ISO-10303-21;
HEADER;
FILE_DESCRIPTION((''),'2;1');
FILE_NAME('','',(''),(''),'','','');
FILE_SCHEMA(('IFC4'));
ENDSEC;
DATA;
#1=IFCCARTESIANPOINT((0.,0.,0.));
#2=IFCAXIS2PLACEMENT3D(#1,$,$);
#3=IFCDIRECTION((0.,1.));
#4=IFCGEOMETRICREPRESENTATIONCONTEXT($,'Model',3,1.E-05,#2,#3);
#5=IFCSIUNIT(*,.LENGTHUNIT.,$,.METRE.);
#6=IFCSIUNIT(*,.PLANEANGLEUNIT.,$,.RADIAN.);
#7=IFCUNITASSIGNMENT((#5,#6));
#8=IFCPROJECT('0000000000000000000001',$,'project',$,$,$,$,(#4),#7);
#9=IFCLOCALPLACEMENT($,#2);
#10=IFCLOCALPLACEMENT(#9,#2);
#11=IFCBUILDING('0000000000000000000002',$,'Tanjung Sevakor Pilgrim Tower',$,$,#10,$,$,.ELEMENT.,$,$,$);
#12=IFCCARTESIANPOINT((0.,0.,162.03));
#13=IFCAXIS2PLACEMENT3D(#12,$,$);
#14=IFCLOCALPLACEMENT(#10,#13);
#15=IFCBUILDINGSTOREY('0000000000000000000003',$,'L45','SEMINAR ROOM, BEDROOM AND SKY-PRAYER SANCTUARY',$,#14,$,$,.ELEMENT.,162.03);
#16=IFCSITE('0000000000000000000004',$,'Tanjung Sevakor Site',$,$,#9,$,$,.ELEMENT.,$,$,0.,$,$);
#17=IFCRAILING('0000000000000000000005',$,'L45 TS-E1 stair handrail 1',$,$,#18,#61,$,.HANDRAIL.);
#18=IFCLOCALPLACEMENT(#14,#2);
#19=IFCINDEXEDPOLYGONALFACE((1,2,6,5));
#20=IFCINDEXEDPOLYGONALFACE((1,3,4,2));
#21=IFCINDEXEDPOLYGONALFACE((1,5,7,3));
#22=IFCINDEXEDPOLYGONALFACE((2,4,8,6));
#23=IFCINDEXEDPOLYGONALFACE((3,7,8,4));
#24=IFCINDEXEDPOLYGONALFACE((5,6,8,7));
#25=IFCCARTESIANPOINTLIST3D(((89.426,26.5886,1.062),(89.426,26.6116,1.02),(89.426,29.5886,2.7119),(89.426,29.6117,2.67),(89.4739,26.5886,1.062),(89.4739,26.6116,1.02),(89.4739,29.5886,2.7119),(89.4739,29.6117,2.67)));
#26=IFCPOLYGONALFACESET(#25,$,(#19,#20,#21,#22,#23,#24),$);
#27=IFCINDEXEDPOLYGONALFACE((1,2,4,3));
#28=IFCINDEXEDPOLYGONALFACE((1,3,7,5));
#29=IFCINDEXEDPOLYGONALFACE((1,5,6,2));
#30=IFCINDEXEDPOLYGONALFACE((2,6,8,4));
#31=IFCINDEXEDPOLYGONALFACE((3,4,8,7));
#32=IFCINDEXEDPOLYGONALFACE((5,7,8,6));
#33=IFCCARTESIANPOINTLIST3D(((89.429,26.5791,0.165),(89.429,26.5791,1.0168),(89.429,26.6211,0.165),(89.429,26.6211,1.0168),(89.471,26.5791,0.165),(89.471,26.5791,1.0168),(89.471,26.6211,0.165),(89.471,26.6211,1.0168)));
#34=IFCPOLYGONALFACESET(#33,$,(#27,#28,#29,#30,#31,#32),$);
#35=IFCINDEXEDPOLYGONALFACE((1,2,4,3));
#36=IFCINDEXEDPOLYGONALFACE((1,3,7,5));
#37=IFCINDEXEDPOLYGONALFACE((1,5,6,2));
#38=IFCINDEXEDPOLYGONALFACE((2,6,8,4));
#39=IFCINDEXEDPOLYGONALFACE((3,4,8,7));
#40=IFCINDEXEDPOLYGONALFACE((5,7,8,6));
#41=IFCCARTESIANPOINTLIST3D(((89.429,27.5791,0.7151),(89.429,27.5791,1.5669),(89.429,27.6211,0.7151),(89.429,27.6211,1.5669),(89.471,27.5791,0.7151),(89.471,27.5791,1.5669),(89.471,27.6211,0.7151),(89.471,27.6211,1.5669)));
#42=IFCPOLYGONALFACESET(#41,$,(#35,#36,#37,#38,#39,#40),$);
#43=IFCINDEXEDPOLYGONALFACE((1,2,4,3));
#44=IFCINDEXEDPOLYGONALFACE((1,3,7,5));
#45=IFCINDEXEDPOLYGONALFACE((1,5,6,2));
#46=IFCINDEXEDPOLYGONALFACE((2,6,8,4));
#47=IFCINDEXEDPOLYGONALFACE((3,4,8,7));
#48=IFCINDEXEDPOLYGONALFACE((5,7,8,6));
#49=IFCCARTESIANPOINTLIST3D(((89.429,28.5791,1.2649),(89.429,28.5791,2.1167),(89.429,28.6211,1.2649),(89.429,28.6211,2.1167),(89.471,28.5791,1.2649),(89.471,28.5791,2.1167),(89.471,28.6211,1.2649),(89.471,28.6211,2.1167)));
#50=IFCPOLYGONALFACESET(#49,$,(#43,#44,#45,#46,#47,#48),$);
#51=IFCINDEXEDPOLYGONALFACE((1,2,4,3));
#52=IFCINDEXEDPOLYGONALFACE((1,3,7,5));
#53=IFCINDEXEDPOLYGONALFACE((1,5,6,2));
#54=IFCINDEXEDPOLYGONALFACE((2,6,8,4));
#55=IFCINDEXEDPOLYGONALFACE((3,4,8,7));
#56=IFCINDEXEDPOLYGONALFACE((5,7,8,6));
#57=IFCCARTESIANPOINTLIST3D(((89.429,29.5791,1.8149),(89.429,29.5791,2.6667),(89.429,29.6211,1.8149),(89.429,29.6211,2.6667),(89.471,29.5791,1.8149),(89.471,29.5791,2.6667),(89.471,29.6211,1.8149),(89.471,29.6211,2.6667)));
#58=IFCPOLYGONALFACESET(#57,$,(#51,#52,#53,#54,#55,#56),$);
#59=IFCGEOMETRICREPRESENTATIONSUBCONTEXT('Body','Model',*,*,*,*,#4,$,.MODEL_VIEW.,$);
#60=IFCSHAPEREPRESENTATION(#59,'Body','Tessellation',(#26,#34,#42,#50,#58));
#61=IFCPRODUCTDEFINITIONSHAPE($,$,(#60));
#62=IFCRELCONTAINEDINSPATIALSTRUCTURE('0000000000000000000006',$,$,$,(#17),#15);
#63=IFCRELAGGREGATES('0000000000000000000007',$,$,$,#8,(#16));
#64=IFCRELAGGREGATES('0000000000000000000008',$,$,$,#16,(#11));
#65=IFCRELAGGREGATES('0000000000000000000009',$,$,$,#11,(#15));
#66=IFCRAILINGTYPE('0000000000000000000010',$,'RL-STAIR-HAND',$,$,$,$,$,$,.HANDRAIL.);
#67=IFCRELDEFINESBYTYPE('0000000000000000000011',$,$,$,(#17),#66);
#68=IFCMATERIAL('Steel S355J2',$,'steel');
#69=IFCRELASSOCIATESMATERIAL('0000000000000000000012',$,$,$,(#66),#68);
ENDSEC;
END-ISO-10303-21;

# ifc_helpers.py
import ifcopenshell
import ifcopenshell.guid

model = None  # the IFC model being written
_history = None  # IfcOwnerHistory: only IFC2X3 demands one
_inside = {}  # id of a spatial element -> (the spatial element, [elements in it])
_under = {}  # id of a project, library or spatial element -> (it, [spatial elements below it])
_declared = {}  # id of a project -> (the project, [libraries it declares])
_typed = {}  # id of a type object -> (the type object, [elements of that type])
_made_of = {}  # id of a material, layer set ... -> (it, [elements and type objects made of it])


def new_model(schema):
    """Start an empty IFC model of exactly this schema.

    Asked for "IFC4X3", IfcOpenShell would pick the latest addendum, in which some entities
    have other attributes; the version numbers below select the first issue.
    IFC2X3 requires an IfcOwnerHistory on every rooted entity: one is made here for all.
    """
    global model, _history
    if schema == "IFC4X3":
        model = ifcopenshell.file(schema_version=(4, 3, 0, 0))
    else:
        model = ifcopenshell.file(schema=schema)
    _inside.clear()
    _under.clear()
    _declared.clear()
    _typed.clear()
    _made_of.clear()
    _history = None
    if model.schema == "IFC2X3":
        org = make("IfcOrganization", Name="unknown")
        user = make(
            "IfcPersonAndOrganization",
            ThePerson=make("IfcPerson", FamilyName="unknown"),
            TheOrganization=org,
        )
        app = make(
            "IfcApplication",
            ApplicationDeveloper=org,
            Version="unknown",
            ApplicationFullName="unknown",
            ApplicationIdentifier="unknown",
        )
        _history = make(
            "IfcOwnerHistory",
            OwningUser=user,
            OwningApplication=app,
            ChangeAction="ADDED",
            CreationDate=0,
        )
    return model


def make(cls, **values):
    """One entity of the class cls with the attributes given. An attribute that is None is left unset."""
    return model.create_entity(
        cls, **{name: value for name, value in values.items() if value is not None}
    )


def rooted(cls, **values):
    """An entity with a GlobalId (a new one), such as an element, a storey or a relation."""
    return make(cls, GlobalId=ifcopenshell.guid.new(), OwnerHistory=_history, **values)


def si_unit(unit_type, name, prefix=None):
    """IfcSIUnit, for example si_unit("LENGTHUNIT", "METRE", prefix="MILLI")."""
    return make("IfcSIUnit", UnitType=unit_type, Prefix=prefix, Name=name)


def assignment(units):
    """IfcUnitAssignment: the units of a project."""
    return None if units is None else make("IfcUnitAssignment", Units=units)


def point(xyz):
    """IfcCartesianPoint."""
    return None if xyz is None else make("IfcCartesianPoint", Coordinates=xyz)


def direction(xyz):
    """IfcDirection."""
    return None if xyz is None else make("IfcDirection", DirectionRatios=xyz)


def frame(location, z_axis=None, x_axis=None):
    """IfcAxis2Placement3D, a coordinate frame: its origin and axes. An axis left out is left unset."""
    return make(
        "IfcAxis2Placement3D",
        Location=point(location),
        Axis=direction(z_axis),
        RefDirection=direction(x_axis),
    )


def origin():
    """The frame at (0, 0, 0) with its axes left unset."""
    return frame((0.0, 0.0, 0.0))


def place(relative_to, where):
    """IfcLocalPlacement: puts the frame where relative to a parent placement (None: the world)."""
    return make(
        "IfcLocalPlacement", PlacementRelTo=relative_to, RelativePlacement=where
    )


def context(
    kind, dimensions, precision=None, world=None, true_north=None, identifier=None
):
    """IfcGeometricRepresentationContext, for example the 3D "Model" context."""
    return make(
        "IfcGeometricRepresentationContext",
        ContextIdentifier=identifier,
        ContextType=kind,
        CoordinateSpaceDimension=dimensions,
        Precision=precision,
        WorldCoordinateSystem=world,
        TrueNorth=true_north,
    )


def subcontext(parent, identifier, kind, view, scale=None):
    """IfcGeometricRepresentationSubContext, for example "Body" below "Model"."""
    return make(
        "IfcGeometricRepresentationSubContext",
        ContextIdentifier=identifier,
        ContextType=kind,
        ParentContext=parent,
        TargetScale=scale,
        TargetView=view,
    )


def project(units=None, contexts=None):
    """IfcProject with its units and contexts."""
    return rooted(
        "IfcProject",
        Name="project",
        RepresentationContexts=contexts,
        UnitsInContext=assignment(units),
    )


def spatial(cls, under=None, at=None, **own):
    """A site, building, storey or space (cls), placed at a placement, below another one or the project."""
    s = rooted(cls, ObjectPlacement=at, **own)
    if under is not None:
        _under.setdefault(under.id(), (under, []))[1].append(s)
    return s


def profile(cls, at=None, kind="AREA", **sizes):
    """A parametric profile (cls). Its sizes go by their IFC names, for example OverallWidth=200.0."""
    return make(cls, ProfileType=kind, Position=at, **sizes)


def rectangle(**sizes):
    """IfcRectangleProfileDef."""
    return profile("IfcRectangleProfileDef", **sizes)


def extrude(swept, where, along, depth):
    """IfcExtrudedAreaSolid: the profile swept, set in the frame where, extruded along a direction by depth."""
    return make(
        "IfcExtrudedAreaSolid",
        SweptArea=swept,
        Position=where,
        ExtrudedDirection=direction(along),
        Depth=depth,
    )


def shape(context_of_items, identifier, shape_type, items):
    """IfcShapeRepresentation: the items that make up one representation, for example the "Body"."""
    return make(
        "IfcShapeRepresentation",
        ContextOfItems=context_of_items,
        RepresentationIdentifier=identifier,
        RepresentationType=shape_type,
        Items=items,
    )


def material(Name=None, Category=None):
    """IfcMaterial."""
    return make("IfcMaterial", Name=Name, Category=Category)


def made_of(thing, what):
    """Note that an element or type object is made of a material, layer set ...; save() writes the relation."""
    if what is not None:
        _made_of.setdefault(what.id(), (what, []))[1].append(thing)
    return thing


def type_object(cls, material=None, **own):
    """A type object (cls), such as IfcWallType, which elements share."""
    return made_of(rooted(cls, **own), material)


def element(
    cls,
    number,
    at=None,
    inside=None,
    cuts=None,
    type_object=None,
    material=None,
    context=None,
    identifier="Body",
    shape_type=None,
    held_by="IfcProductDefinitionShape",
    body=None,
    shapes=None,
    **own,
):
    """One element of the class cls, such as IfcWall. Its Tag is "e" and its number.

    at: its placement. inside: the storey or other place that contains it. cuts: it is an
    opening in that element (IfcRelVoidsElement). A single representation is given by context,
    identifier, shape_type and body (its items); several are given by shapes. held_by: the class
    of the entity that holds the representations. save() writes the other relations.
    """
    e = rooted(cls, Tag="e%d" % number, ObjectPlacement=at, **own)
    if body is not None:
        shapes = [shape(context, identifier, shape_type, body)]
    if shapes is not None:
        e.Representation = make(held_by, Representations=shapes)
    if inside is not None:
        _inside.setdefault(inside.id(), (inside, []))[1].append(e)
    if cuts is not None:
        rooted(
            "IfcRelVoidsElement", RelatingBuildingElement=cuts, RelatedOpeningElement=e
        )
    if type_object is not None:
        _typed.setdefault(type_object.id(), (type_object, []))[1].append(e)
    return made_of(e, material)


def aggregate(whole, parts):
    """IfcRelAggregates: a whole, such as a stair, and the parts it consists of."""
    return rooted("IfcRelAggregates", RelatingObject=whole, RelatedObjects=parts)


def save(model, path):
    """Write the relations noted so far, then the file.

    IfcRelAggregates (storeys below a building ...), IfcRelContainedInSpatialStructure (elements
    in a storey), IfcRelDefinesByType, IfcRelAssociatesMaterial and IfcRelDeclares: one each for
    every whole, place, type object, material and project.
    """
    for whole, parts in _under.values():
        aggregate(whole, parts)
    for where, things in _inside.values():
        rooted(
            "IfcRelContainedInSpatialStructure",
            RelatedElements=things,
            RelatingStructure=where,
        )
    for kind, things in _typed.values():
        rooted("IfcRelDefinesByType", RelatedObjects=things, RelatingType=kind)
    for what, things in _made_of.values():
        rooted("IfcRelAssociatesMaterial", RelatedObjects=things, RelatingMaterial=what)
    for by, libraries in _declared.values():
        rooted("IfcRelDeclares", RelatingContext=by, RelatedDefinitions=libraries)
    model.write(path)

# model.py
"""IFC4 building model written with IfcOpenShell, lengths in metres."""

from ifc_helpers import new_model, si_unit, direction, frame, origin, place, context, subcontext, project, spatial, rectangle, extrude, material, type_object, element, save


model = new_model("IFC4")

# Units and contexts
model_context = context("Model", 3, precision=1e-05, world=origin(), true_north=direction((0.0, 1.0)))
body_context = subcontext(model_context, "Body", "Model", "MODEL_VIEW")
ifc_project = project(units=[si_unit("LENGTHUNIT", "METRE"), si_unit("PLANEANGLEUNIT", "RADIAN")], contexts=[model_context])

# Site, building, storey
site_placement = place(None, origin())
site = spatial("IfcSite", under=ifc_project, at=site_placement, Name="Tanjung Sevakor Site", CompositionType="ELEMENT", RefElevation=0.0)
building_placement = place(site_placement, origin())
building = spatial("IfcBuilding", under=site, at=building_placement, Name="Tanjung Sevakor Pilgrim Tower", CompositionType="ELEMENT")
storey_placement = place(building_placement, frame((0.0, 0.0, 162.03)))
storey = spatial("IfcBuildingStorey", under=building, at=storey_placement, Name="L45", Description="SEMINAR ROOM, BEDROOM AND SKY-PRAYER SANCTUARY", CompositionType="ELEMENT", Elevation=162.03)

# Railing
ifc_material_1 = material(Name="Steel S355J2", Category="steel")
railing_type_1 = type_object("IfcRailingType", Name="RL-STAIR-HAND", PredefinedType="HANDRAIL", material=ifc_material_1)
railing_1_placement = place(storey_placement, frame((89.45, 26.6001, 0.165)))
element("IfcRailing", 1, at=railing_1_placement, inside=storey, type_object=railing_type_1, Name="L45 TS-E1 stair handrail 1", PredefinedType="HANDRAIL", context=body_context, shape_type="SweptSolid", body=[
    extrude(rectangle(XDim=0.0479, YDim=0.0479), frame((0.0, 0.0, 0.876), z_axis=(0.0, 0.876228, 0.481897), x_axis=(-1.0, 0.0, 0.0)), (0.0, 0.0, 1.0), 3.4238),
    extrude(rectangle(XDim=0.042, YDim=0.042), origin(), (0.0, 0.0, 1.0), 0.8518),
    extrude(rectangle(XDim=0.042, YDim=0.042), frame((0.0, 1.0, 0.55)), (0.0, 0.0, 1.0), 0.8518),
    extrude(rectangle(XDim=0.042, YDim=0.042), frame((0.0, 2.0, 1.0999)), (0.0, 0.0, 1.0), 0.8518),
    extrude(rectangle(XDim=0.042, YDim=0.042), frame((0.0, 3.0, 1.6499)), (0.0, 0.0, 1.0), 0.8518),
])

save(model, "model.ifc")
